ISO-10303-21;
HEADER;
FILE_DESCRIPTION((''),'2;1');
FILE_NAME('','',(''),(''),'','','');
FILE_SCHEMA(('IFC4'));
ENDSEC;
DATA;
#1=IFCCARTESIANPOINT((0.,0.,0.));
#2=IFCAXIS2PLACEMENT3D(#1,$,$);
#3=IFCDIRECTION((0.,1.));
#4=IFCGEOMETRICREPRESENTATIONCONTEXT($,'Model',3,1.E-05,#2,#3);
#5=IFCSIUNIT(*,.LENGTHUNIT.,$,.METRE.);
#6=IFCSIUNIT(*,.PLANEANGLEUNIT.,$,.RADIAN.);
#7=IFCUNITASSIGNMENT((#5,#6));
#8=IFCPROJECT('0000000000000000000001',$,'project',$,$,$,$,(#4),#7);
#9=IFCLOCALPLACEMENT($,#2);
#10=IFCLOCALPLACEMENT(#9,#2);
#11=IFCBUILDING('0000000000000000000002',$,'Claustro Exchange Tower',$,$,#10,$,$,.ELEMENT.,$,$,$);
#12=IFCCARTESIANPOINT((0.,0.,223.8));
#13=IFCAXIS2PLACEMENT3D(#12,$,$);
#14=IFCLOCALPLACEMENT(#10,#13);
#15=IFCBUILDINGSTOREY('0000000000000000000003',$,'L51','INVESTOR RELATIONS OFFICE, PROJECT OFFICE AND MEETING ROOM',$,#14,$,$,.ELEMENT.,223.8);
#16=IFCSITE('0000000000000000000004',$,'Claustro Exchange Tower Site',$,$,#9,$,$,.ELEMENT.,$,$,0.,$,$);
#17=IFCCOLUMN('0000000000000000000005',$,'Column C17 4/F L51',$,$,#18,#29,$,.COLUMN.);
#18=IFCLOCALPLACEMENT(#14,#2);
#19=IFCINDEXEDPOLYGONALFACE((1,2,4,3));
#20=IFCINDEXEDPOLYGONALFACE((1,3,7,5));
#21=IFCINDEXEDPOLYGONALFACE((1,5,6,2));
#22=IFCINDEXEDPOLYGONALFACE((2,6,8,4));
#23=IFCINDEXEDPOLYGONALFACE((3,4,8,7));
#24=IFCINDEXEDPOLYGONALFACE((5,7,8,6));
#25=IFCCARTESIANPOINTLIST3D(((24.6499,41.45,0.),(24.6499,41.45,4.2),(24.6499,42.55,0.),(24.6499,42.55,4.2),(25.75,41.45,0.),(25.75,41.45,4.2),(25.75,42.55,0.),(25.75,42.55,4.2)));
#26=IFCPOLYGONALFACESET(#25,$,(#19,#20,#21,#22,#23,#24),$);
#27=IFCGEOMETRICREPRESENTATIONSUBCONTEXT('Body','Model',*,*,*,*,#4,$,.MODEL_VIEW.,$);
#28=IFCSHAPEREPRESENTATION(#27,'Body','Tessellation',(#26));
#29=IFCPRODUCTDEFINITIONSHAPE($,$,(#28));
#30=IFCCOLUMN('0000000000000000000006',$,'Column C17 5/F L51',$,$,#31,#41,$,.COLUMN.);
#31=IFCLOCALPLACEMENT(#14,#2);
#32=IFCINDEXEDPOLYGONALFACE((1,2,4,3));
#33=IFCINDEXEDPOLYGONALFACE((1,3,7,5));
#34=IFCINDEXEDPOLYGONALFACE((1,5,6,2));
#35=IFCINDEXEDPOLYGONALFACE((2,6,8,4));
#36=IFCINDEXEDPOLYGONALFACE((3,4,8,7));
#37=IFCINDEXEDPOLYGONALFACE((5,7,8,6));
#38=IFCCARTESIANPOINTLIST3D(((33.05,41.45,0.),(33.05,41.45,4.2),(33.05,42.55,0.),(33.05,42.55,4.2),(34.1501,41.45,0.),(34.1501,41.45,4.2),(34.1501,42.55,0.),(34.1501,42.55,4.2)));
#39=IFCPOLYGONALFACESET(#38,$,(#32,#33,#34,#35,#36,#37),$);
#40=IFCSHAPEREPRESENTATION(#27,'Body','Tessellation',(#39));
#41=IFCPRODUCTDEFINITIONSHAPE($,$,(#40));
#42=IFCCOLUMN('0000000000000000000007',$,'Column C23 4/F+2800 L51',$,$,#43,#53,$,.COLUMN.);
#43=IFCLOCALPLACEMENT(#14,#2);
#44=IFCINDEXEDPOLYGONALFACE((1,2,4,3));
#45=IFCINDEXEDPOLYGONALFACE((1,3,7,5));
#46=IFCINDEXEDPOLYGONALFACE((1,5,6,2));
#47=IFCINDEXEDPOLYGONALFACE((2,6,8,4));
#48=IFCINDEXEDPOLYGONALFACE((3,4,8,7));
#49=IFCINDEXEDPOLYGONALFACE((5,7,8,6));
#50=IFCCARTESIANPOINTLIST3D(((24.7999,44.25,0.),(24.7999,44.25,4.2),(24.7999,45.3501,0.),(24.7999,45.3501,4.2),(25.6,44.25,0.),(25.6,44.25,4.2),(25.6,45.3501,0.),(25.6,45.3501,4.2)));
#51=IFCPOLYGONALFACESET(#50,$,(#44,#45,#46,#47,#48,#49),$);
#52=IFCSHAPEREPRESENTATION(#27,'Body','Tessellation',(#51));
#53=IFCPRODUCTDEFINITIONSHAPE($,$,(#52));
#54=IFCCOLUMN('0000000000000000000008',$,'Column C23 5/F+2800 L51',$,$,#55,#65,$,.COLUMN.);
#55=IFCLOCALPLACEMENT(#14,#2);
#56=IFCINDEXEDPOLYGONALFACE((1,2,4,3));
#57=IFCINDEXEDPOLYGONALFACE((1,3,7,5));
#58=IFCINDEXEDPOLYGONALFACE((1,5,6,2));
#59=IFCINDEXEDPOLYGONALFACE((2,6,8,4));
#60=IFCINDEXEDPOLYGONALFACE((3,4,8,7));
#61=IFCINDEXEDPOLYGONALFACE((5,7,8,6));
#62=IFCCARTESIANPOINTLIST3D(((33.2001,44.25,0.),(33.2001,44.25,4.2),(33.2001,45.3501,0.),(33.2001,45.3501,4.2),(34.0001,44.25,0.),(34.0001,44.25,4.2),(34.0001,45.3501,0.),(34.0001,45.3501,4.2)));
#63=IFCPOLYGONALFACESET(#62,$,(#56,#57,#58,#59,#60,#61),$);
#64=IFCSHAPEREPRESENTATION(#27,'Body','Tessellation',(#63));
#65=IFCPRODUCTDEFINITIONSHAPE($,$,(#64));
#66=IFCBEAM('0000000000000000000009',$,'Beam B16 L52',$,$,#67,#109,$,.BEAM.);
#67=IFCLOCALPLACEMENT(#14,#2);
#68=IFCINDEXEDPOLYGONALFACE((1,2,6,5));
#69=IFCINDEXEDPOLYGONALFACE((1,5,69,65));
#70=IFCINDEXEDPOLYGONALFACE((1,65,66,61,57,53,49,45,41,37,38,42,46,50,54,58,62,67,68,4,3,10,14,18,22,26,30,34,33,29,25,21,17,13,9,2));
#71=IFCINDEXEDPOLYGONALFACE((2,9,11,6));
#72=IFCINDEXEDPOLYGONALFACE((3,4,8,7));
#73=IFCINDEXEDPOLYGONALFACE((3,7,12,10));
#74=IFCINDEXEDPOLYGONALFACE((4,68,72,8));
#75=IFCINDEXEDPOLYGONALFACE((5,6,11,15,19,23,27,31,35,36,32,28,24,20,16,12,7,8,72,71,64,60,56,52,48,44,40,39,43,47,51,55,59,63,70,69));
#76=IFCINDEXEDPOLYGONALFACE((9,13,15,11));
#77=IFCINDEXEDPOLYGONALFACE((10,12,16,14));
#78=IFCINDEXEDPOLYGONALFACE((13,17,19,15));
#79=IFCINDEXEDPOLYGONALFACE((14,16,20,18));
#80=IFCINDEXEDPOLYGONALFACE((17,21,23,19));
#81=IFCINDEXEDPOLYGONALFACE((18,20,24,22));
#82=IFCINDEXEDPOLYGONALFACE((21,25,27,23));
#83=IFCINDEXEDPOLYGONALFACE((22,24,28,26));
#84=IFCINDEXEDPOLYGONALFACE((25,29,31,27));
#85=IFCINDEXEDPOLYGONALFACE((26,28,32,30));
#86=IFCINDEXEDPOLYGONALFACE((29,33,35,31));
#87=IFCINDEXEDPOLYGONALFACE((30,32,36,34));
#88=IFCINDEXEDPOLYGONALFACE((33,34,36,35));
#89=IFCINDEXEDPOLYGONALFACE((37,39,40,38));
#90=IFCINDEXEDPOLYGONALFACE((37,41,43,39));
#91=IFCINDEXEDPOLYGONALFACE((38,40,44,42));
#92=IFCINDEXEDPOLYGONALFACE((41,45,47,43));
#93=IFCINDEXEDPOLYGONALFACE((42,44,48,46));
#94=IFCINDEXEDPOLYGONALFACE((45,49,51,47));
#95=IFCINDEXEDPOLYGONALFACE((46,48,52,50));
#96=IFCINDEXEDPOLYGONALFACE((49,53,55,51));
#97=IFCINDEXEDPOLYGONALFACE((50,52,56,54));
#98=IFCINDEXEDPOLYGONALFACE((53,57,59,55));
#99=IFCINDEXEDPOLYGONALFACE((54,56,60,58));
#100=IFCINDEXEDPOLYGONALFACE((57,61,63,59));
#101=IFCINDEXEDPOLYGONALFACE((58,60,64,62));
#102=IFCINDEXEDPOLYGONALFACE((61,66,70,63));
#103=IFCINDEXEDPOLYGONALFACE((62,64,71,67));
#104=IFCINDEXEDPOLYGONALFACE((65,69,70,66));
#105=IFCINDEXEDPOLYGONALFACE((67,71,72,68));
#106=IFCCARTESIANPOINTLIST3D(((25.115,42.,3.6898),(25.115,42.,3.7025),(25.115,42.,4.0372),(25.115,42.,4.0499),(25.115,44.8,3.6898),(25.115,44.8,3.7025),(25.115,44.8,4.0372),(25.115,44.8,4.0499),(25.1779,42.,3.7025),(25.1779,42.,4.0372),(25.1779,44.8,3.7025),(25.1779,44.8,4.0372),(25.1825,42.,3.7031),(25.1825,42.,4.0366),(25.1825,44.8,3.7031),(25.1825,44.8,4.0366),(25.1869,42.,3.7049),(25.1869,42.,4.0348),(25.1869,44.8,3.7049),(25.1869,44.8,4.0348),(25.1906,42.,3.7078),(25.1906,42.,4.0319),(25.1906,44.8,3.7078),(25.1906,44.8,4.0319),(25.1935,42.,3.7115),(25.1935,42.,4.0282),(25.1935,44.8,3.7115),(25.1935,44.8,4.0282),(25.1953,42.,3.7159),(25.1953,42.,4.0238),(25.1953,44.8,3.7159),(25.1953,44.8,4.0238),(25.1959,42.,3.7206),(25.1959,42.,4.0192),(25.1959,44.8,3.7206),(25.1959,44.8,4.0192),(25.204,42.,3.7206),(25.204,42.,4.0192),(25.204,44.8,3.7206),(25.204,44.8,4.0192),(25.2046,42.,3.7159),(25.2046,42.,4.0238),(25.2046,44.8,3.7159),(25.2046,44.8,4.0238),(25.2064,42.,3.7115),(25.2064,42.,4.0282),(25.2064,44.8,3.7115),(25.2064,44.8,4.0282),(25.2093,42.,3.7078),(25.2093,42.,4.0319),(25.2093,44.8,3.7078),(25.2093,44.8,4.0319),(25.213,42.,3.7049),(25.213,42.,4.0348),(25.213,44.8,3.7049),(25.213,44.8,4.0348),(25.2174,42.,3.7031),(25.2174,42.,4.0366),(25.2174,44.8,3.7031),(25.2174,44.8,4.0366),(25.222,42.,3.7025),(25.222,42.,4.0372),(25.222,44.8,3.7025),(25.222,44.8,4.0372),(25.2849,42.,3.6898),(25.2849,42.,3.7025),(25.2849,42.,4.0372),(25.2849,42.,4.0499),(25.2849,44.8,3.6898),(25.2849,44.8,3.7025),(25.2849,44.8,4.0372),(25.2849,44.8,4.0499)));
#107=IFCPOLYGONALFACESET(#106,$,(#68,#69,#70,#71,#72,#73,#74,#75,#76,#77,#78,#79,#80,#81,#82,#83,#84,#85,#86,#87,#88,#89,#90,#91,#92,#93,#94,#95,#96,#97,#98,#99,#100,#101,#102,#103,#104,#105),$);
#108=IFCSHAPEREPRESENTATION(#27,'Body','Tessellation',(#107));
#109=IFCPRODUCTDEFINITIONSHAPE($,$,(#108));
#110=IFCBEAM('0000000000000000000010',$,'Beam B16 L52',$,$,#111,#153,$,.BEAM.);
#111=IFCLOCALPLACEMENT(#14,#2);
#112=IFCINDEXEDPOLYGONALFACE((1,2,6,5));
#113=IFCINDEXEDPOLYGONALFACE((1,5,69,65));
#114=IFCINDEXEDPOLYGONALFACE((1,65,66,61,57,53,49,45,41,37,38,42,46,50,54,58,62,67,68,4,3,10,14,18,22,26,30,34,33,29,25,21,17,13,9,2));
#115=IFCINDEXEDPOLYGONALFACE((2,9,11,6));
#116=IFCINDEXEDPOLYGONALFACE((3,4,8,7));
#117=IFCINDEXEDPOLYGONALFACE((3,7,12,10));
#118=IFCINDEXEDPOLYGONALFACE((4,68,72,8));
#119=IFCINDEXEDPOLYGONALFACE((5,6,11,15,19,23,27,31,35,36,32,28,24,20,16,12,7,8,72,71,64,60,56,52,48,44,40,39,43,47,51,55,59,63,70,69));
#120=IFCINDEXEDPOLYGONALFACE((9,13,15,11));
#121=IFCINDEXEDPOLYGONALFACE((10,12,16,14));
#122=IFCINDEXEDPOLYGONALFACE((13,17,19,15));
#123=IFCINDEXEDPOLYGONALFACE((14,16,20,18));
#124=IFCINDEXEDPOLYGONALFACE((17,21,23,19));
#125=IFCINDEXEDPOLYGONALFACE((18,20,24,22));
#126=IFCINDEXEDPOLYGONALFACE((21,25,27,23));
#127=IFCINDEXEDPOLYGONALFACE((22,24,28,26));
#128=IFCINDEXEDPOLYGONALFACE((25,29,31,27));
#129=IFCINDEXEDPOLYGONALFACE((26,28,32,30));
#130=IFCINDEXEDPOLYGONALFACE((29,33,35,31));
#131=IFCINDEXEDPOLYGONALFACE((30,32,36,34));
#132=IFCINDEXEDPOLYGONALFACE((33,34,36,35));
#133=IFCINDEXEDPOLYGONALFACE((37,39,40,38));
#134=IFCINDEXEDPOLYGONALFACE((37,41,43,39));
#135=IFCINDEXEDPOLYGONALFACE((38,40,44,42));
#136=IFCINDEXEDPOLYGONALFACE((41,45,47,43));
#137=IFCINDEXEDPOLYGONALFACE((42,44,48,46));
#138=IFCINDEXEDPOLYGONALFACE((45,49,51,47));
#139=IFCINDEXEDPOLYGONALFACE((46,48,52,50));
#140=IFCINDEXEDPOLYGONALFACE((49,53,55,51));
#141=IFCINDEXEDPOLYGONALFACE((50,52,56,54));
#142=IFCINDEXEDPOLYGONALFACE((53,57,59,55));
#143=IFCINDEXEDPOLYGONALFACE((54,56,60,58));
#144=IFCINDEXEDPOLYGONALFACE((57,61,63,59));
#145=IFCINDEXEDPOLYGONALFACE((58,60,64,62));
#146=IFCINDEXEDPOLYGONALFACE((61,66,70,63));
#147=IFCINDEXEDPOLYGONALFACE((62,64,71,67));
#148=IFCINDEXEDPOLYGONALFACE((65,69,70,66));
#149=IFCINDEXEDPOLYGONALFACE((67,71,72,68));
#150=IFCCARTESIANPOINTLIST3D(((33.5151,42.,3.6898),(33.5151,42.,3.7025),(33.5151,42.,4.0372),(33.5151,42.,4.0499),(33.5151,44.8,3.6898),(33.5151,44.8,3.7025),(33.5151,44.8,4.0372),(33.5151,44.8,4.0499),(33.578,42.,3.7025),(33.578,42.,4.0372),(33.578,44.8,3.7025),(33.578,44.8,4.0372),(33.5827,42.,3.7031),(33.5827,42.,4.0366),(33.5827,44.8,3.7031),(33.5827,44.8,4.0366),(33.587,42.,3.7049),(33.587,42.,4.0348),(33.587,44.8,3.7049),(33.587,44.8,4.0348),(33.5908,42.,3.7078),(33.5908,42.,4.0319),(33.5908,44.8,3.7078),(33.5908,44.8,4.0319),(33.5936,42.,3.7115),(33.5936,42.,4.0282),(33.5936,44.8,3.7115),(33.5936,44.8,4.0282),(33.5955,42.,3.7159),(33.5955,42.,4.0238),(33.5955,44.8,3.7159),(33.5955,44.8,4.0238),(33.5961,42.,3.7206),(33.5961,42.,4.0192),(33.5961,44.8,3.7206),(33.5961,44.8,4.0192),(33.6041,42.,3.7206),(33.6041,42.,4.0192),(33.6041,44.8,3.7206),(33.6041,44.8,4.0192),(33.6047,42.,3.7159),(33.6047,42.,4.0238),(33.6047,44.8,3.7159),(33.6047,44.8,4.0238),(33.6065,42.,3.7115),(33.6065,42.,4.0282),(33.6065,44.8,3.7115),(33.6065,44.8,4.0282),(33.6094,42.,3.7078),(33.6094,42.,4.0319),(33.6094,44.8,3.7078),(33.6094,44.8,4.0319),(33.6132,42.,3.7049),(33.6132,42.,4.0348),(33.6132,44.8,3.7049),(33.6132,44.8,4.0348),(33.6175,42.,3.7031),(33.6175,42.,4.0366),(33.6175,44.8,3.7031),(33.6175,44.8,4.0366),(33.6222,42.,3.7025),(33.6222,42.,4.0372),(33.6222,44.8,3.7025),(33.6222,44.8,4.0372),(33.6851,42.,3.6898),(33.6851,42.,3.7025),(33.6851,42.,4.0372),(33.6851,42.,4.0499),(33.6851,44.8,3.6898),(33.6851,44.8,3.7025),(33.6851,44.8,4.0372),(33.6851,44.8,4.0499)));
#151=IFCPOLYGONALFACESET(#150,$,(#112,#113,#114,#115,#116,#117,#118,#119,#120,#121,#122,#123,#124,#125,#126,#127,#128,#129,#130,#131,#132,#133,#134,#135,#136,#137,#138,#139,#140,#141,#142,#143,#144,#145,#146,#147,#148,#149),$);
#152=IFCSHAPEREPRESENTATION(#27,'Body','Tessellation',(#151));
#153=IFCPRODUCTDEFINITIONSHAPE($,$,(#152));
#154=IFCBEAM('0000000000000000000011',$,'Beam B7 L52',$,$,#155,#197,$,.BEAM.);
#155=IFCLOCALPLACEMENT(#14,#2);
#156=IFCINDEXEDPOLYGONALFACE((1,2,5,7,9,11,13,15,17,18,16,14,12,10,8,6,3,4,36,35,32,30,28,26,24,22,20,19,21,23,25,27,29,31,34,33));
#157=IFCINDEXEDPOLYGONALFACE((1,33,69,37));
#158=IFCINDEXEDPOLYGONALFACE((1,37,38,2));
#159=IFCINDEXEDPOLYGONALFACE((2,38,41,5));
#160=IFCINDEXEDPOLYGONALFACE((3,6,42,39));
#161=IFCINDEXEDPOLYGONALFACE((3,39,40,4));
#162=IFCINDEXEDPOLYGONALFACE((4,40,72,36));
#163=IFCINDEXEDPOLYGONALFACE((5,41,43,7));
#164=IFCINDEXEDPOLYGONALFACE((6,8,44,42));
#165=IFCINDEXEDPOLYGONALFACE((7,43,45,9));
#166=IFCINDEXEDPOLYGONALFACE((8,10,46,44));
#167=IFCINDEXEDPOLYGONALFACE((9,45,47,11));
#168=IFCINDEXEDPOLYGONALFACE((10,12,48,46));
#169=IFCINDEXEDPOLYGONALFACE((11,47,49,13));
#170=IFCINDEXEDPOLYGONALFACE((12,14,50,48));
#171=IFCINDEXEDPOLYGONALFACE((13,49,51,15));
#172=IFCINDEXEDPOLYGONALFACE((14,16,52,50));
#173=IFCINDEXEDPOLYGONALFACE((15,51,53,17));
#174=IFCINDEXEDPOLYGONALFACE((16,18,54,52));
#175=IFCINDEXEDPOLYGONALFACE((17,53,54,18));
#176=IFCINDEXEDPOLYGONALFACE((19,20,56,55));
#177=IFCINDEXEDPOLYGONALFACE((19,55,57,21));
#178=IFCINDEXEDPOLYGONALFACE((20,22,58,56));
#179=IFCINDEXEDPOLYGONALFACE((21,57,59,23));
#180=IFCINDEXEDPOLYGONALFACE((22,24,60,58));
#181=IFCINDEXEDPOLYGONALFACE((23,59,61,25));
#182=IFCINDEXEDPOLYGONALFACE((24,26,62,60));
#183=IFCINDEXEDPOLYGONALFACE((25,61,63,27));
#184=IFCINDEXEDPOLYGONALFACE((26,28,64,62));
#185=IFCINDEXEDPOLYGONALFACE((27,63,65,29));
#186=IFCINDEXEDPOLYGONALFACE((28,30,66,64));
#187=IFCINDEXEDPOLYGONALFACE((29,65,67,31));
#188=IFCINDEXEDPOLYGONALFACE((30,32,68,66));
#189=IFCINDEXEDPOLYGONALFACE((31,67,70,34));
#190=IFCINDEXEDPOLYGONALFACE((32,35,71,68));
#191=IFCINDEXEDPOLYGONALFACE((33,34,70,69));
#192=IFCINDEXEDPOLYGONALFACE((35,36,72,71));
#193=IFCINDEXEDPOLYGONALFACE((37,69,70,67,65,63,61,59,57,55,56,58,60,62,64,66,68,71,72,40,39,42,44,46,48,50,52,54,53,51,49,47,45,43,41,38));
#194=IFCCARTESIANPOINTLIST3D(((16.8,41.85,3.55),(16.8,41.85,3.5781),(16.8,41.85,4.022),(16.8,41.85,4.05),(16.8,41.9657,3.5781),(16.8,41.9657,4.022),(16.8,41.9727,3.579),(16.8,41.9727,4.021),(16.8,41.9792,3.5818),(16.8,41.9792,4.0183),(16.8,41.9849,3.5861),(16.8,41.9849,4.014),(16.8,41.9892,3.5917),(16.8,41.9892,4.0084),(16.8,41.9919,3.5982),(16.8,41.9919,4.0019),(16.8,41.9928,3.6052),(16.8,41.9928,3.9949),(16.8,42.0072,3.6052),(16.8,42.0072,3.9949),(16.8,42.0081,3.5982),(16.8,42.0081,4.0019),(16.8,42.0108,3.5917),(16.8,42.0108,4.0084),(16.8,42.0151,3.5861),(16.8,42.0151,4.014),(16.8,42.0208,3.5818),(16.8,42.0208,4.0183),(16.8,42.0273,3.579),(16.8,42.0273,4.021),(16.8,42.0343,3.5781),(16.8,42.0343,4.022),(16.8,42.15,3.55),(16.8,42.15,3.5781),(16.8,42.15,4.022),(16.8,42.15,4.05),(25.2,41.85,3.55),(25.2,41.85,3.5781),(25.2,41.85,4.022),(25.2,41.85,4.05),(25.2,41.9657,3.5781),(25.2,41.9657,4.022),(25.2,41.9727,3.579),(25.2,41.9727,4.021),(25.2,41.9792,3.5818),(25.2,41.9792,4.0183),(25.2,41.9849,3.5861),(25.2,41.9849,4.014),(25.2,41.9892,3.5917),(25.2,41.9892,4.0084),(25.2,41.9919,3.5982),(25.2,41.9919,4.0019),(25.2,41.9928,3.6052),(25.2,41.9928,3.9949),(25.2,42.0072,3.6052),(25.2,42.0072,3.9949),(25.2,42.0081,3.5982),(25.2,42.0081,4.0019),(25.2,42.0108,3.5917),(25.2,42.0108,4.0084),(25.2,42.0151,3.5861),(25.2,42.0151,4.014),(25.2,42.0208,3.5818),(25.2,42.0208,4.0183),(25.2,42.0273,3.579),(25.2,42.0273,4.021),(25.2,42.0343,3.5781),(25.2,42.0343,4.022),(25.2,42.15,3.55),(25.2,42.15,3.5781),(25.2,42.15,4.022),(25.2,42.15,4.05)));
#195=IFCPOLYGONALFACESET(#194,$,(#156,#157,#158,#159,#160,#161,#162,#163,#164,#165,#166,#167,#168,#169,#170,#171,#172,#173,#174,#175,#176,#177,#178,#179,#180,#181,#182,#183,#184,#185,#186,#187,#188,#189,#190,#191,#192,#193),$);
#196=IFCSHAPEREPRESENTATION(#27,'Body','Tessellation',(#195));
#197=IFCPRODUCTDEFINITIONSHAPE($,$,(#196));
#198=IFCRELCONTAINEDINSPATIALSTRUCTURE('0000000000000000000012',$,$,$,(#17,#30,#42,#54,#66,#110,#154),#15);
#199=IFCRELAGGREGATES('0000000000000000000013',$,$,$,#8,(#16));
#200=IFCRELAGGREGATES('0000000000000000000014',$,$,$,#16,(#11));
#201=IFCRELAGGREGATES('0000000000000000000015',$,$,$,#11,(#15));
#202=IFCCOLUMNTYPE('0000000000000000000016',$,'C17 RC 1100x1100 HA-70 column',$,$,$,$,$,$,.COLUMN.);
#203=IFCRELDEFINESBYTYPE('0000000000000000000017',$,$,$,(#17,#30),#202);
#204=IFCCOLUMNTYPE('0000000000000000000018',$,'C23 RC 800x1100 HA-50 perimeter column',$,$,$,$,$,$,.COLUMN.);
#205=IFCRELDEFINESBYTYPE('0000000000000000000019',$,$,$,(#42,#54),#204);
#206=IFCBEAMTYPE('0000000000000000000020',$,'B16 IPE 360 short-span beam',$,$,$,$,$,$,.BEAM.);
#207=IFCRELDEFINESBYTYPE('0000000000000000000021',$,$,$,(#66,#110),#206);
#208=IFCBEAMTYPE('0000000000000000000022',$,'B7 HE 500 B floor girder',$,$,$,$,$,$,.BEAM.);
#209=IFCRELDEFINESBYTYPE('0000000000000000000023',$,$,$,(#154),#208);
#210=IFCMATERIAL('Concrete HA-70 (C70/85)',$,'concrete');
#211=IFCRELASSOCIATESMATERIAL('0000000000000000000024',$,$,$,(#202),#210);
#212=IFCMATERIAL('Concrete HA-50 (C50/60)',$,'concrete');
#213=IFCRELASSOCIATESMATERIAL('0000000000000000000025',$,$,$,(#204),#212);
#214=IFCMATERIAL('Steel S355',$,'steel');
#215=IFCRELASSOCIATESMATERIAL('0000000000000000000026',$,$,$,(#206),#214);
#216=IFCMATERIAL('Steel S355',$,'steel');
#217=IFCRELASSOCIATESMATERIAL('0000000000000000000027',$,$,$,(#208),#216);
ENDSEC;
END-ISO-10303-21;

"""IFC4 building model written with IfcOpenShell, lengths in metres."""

from ifc_helpers import new_model, si_unit, direction, frame, origin, origin_2d, place, context, subcontext, project, spatial, rectangle, i_section, extrude, material, material_profile, profile_set, type_object, element, save


model = new_model("IFC4")

# Units and contexts
model_context = context("Model", 3, precision=1e-05, world=origin(), true_north=direction((0.0, 1.0)))
body_context = subcontext(model_context, "Body", "Model", "MODEL_VIEW")
ifc_project = project(units=[si_unit("LENGTHUNIT", "METRE"), si_unit("PLANEANGLEUNIT", "RADIAN")], contexts=[model_context])

# Site, building, storey
site_placement = place(None, origin())
site = spatial("IfcSite", under=ifc_project, at=site_placement, Name="Claustro Exchange Tower Site", CompositionType="ELEMENT", RefElevation=0.0)
building_placement = place(site_placement, origin())
building = spatial("IfcBuilding", under=site, at=building_placement, Name="Claustro Exchange Tower", CompositionType="ELEMENT")
storey_placement = place(building_placement, frame((0.0, 0.0, 223.8)))
storey = spatial("IfcBuildingStorey", under=building, at=storey_placement, Name="L51", Description="INVESTOR RELATIONS OFFICE, PROJECT OFFICE AND MEETING ROOM", CompositionType="ELEMENT", Elevation=223.8)

# Columns
ifc_material_1 = material(Name="Concrete HA-70 (C70/85)", Category="concrete")
ifc_material_profile_1 = material_profile(ifc_material_1, rectangle(XDim=1.1001, YDim=1.1001, at=origin_2d()), Name="RC 1100x1100")
ifc_profile_set_1 = profile_set([ifc_material_profile_1], Name="Concrete HA-70 (C70/85)")
column_type_1 = type_object("IfcColumnType", Name="C17 RC 1100x1100 HA-70 column", PredefinedType="COLUMN", material=ifc_profile_set_1)
for number, where, z_axis, x_axis, name in (
    (1, (25.2, 42.0, 0.0), (0.0, 0.0, 1.0), (1.0, 0.0, 0.0), "Column C17 4/F L51"),
    (2, (33.6001, 42.0, 0.0), (0.0, 0.0, 1.0), (1.0, 0.0, 0.0), "Column C17 5/F L51"),
):
    element("IfcColumn", number, at=place(storey_placement, frame(where, z_axis=z_axis, x_axis=x_axis)), inside=storey, type_object=column_type_1, Name=name, PredefinedType="COLUMN", context=body_context, shape_type="SweptSolid", body=[
        extrude(rectangle(XDim=1.1001, YDim=1.1001, at=origin_2d()), origin(), (0.0, 0.0, 1.0), 4.2),
    ])
ifc_material_2 = material(Name="Concrete HA-50 (C50/60)", Category="concrete")
ifc_material_profile_2 = material_profile(ifc_material_2, rectangle(XDim=0.8, YDim=1.1001, at=origin_2d()), Name="RC 800x1100")
ifc_profile_set_2 = profile_set([ifc_material_profile_2], Name="Concrete HA-50 (C50/60)")
column_type_2 = type_object("IfcColumnType", Name="C23 RC 800x1100 HA-50 perimeter column", PredefinedType="COLUMN", material=ifc_profile_set_2)
for number, where, z_axis, x_axis, name in (
    (3, (25.2, 44.8, 0.0), (0.0, 0.0, 1.0), (1.0, 0.0, 0.0), "Column C23 4/F+2800 L51"),
    (4, (33.6001, 44.8, 0.0), (0.0, 0.0, 1.0), (1.0, 0.0, 0.0), "Column C23 5/F+2800 L51"),
):
    element("IfcColumn", number, at=place(storey_placement, frame(where, z_axis=z_axis, x_axis=x_axis)), inside=storey, type_object=column_type_2, Name=name, PredefinedType="COLUMN", context=body_context, shape_type="SweptSolid", body=[
        extrude(rectangle(XDim=0.8, YDim=1.1001, at=origin_2d()), origin(), (0.0, 0.0, 1.0), 4.2),
    ])

# Beams
ifc_material_3 = material(Name="Steel S355", Category="steel")
ifc_material_profile_3 = material_profile(ifc_material_3, i_section(OverallWidth=0.1699, OverallDepth=0.3601, WebThickness=0.0081, FlangeThickness=0.0127, FilletRadius=0.0181, at=origin_2d()), Name="IPE 360")
ifc_profile_set_3 = profile_set([ifc_material_profile_3], Name="Steel S355")
beam_type_1 = type_object("IfcBeamType", Name="B16 IPE 360 short-span beam", PredefinedType="BEAM", material=ifc_profile_set_3)
for number, where, z_axis, x_axis, name in (
    (5, (25.2, 42.0, 3.8699), (0.0, 1.0, 0.0), (-1.0, 0.0, 0.0), "Beam B16 L52"),
    (6, (33.6001, 42.0, 3.8699), (0.0, 1.0, 0.0), (-1.0, 0.0, 0.0), "Beam B16 L52"),
):
    element("IfcBeam", number, at=place(storey_placement, frame(where, z_axis=z_axis, x_axis=x_axis)), inside=storey, type_object=beam_type_1, Name=name, PredefinedType="BEAM", context=body_context, shape_type="SweptSolid", body=[
        extrude(i_section(OverallWidth=0.1699, OverallDepth=0.3601, WebThickness=0.0081, FlangeThickness=0.0127, FilletRadius=0.0181, at=origin_2d()), origin(), (0.0, 0.0, 1.0), 2.8),
    ])
ifc_material_4 = material(Name="Steel S355", Category="steel")
ifc_material_profile_4 = material_profile(ifc_material_4, i_section(OverallWidth=0.3, OverallDepth=0.5, WebThickness=0.0144, FlangeThickness=0.0281, FilletRadius=0.0271, at=origin_2d()), Name="HE 500 B")
ifc_profile_set_4 = profile_set([ifc_material_profile_4], Name="Steel S355")
beam_type_2 = type_object("IfcBeamType", Name="B7 HE 500 B floor girder", PredefinedType="BEAM", material=ifc_profile_set_4)
beam_1_placement = place(storey_placement, frame((16.8, 42.0, 3.8), z_axis=(1.0, 0.0, 0.0), x_axis=(0.0, 1.0, 0.0)))
element("IfcBeam", 7, at=beam_1_placement, inside=storey, type_object=beam_type_2, Name="Beam B7 L52", PredefinedType="BEAM", context=body_context, shape_type="SweptSolid", body=[
    extrude(i_section(OverallWidth=0.3, OverallDepth=0.5, WebThickness=0.0144, FlangeThickness=0.0281, FilletRadius=0.0271, at=origin_2d()), origin(), (0.0, 0.0, 1.0), 8.3999),
])

save(model, "model.ifc")
